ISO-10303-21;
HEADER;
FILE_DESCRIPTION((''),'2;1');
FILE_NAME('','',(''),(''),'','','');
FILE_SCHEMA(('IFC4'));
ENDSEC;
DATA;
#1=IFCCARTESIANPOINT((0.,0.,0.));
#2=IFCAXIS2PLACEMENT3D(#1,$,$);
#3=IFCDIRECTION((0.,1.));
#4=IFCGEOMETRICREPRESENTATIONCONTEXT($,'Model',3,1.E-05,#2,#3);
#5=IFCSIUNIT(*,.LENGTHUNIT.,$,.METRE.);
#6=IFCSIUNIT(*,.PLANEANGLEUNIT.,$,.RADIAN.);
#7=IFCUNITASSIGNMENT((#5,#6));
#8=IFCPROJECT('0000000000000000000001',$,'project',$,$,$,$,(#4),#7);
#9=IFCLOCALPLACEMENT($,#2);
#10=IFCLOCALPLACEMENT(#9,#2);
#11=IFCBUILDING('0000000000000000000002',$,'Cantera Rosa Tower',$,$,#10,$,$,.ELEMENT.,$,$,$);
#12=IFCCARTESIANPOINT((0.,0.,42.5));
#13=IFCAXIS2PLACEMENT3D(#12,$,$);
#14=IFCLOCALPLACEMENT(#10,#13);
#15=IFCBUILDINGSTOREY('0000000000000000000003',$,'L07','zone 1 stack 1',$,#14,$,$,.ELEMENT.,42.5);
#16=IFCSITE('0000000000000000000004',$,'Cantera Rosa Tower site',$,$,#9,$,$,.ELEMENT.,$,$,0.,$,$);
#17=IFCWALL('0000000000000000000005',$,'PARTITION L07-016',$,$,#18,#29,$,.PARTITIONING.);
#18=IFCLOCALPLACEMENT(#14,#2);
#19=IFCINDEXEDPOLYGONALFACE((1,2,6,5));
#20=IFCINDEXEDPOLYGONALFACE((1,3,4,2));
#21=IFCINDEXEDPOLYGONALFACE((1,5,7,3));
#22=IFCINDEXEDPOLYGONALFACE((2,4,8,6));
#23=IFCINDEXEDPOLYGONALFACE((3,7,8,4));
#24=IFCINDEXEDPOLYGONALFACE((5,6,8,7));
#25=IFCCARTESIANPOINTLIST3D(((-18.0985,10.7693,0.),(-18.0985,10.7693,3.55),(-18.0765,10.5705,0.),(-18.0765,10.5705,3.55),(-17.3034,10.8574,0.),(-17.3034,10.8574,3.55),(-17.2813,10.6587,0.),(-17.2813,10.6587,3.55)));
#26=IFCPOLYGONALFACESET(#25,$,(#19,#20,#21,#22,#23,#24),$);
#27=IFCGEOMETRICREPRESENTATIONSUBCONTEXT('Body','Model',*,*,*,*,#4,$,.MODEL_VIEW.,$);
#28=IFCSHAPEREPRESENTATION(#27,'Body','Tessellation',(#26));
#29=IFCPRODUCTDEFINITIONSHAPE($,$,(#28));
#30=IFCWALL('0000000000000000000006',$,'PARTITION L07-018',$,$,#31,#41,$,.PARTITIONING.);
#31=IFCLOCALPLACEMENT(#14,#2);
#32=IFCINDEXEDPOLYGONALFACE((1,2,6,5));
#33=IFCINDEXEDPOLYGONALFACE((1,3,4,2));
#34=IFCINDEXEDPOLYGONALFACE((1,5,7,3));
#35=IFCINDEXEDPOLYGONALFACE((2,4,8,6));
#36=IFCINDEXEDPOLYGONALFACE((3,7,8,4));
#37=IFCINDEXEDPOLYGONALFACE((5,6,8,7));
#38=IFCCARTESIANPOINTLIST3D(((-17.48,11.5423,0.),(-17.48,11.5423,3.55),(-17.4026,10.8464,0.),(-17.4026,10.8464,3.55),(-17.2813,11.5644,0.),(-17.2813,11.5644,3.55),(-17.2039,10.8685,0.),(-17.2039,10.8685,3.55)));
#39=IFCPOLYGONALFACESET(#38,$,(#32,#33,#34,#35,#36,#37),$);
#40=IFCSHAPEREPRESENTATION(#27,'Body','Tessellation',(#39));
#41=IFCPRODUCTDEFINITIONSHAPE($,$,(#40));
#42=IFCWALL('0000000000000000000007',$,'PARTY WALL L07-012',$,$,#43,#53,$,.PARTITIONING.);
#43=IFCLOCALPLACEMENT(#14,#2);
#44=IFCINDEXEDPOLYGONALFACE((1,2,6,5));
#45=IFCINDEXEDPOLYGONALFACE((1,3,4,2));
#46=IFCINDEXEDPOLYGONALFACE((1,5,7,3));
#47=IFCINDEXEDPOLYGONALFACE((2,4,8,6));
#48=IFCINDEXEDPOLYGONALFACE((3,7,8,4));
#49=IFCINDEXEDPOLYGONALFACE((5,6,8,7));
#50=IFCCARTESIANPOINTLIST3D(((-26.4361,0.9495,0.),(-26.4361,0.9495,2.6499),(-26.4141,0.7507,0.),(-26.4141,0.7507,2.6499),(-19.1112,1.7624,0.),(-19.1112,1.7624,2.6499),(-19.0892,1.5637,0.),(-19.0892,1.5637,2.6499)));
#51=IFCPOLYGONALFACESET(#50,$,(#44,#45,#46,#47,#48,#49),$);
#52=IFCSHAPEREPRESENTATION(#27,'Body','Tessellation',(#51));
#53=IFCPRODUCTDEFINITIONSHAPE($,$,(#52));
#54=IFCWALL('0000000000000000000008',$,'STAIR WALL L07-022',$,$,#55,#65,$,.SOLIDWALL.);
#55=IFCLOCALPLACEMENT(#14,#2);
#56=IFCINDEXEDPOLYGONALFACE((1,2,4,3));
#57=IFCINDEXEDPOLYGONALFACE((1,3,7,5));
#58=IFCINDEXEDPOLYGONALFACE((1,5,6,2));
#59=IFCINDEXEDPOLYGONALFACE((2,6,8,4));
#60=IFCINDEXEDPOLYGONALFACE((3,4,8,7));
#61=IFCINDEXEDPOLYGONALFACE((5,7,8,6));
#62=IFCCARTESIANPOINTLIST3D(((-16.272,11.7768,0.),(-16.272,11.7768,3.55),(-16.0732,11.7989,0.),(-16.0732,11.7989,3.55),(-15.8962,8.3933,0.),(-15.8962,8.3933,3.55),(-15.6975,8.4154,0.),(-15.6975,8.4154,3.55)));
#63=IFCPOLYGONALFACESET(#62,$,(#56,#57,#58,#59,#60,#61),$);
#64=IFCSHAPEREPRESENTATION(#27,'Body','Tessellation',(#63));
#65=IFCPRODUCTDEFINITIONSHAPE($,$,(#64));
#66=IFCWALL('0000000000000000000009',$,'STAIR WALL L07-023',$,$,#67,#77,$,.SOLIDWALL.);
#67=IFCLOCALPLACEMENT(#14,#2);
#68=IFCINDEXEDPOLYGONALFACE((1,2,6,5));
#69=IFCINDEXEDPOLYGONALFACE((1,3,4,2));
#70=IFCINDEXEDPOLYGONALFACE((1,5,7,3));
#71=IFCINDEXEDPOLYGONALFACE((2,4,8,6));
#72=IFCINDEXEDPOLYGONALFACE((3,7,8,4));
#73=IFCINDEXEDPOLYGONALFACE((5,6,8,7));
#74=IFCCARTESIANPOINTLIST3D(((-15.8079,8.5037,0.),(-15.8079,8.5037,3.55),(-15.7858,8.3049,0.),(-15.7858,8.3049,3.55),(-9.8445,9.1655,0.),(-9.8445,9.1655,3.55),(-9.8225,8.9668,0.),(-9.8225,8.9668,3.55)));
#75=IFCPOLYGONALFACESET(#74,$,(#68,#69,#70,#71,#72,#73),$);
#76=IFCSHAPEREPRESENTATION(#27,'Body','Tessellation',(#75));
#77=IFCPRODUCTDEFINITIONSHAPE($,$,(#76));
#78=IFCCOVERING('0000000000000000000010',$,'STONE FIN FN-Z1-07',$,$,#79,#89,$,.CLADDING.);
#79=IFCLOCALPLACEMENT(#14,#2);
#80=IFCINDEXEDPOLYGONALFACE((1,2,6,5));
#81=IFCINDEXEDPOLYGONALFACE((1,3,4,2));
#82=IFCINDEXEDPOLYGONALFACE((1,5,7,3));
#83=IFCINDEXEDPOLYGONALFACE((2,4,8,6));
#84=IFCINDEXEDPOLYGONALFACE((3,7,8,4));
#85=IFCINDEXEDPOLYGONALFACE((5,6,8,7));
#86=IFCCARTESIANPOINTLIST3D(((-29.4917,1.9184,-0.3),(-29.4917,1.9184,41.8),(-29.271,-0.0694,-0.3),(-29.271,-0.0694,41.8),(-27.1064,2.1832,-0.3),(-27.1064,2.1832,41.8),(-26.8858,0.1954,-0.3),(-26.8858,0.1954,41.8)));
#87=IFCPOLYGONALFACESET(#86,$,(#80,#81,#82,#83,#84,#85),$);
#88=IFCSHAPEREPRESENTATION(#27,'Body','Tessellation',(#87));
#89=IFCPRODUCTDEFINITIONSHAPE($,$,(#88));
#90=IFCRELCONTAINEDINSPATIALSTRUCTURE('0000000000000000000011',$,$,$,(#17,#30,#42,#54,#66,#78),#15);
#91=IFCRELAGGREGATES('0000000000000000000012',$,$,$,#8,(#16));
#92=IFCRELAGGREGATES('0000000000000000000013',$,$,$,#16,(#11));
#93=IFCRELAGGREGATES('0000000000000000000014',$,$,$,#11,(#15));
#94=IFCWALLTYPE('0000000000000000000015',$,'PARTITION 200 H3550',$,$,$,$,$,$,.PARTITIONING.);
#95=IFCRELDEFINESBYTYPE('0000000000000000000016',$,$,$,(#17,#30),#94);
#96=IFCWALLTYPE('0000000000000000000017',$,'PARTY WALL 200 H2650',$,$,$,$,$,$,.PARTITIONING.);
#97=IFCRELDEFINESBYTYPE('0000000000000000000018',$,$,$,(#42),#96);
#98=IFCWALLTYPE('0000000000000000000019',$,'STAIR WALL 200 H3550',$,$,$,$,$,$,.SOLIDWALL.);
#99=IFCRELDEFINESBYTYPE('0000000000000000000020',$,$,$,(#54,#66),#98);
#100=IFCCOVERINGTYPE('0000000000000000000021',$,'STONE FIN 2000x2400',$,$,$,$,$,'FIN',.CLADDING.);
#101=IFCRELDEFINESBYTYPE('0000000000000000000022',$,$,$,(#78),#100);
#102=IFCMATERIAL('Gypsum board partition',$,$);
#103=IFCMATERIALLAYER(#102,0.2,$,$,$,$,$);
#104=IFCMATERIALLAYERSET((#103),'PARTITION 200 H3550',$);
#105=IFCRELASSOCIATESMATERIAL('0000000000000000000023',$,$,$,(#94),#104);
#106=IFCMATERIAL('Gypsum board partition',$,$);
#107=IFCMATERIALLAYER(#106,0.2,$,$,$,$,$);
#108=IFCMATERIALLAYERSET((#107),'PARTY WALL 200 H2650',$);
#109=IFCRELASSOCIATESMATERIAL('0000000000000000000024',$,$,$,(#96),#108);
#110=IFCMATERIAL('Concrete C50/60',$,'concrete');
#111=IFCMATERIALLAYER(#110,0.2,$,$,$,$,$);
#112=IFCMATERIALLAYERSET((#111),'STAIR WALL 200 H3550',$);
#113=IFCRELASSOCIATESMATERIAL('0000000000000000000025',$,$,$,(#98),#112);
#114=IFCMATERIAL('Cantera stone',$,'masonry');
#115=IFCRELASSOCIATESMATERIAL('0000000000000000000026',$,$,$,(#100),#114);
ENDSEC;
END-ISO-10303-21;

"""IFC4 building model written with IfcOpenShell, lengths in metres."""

from ifc_helpers import new_model, si_unit, direction, frame, frame_2d, origin, origin_2d, place, context, subcontext, project, spatial, rectangle, extrude, material, layer, layer_set, type_object, element, save


model = new_model("IFC4")

# Units and contexts
model_context = context("Model", 3, precision=1e-05, world=origin(), true_north=direction((0.0, 1.0)))
body_context = subcontext(model_context, "Body", "Model", "MODEL_VIEW")
ifc_project = project(units=[si_unit("LENGTHUNIT", "METRE"), si_unit("PLANEANGLEUNIT", "RADIAN")], contexts=[model_context])

# Site, building, storey
site_placement = place(None, origin())
site = spatial("IfcSite", under=ifc_project, at=site_placement, Name="Cantera Rosa Tower site", CompositionType="ELEMENT", RefElevation=0.0)
building_placement = place(site_placement, origin())
building = spatial("IfcBuilding", under=site, at=building_placement, Name="Cantera Rosa Tower", CompositionType="ELEMENT")
storey_placement = place(building_placement, frame((0.0, 0.0, 42.5)))
storey = spatial("IfcBuildingStorey", under=building, at=storey_placement, Name="L07", Description="zone 1 stack 1", CompositionType="ELEMENT", Elevation=42.5)

# Shared definitions
ifc_material_1 = material(Name="Gypsum board partition")
ifc_layer_1 = layer(ifc_material_1, 0.2)
ifc_layer_set_1 = layer_set([ifc_layer_1], Name="PARTITION 200 H3550")
wall_type_1 = type_object("IfcWallType", Name="PARTITION 200 H3550", PredefinedType="PARTITIONING", material=ifc_layer_set_1)

# Walls
wall_1_placement = place(storey_placement, frame((-18.0874, 10.6699, 0.0), z_axis=(0.0, 0.0, 1.0), x_axis=(0.993913, 0.110164, 0.0)))
element("IfcWall", 1, at=wall_1_placement, inside=storey, type_object=wall_type_1, Name="PARTITION L07-016", PredefinedType="PARTITIONING", context=body_context, shape_type="SweptSolid", body=[
    extrude(rectangle(XDim=0.8, YDim=0.2, at=frame_2d((0.3999, 0.0))), origin(), (0.0, 0.0, 1.0), 3.55),
])
wall_2_placement = place(storey_placement, frame((-17.3032, 10.8574, 0.0), z_axis=(0.0, 0.0, 1.0), x_axis=(-0.110546, 0.993871, 0.0)))
element("IfcWall", 2, at=wall_2_placement, inside=storey, type_object=wall_type_1, Name="PARTITION L07-018", PredefinedType="PARTITIONING", context=body_context, shape_type="SweptSolid", body=[
    extrude(rectangle(XDim=0.7002, YDim=0.2, at=frame_2d((0.3501, 0.0))), origin(), (0.0, 0.0, 1.0), 3.55),
])
ifc_material_2 = material(Name="Gypsum board partition")
ifc_layer_2 = layer(ifc_material_2, 0.2)
ifc_layer_set_2 = layer_set([ifc_layer_2], Name="PARTY WALL 200 H2650")
wall_type_2 = type_object("IfcWallType", Name="PARTY WALL 200 H2650", PredefinedType="PARTITIONING", material=ifc_layer_set_2)
wall_3_placement = place(storey_placement, frame((-19.1001, 1.6631, 0.0), z_axis=(0.0, 0.0, 1.0), x_axis=(-0.993897, -0.110312, 0.0)))
element("IfcWall", 3, at=wall_3_placement, inside=storey, type_object=wall_type_2, Name="PARTY WALL L07-012", PredefinedType="PARTITIONING", context=body_context, shape_type="SweptSolid", body=[
    extrude(rectangle(XDim=7.3699, YDim=0.2, at=frame_2d((3.6851, 0.0))), origin(), (0.0, 0.0, 1.0), 2.6499),
])
ifc_material_3 = material(Name="Concrete C50/60", Category="concrete")
ifc_layer_3 = layer(ifc_material_3, 0.2)
ifc_layer_set_3 = layer_set([ifc_layer_3], Name="STAIR WALL 200 H3550")
wall_type_3 = type_object("IfcWallType", Name="STAIR WALL 200 H3550", PredefinedType="SOLIDWALL", material=ifc_layer_set_3)
wall_4_placement = place(storey_placement, frame((-16.1726, 11.7878, 0.0), z_axis=(0.0, 0.0, 1.0), x_axis=(0.110369, -0.993891, 0.0)))
element("IfcWall", 4, at=wall_4_placement, inside=storey, type_object=wall_type_3, Name="STAIR WALL L07-022", PredefinedType="SOLIDWALL", context=body_context, shape_type="SweptSolid", body=[
    extrude(rectangle(XDim=3.4043, YDim=0.2, at=frame_2d((1.7021, 0.0))), origin(), (0.0, 0.0, 1.0), 3.55),
])
wall_5_placement = place(storey_placement, frame((-15.7969, 8.4043, 0.0), z_axis=(0.0, 0.0, 1.0), x_axis=(0.993897, 0.110311, 0.0)))
element("IfcWall", 5, at=wall_5_placement, inside=storey, type_object=wall_type_3, Name="STAIR WALL L07-023", PredefinedType="SOLIDWALL", context=body_context, shape_type="SweptSolid", body=[
    extrude(rectangle(XDim=6.0, YDim=0.2, at=frame_2d((3.0, 0.0))), origin(), (0.0, 0.0, 1.0), 3.55),
])

# Covering
ifc_material_4 = material(Name="Cantera stone", Category="masonry")
covering_type = type_object("IfcCoveringType", Name="STONE FIN 2000x2400", ElementType="FIN", PredefinedType="CLADDING", material=ifc_material_4)
covering_placement = place(storey_placement, frame((-28.1887, 1.0569, -0.3), z_axis=(0.0, 0.0, 1.0), x_axis=(0.110313, -0.993897, 0.0)))
element("IfcCovering", 6, at=covering_placement, inside=storey, type_object=covering_type, Name="STONE FIN FN-Z1-07", PredefinedType="CLADDING", context=body_context, shape_type="SweptSolid", body=[
    extrude(rectangle(XDim=2.0, YDim=2.3999, at=origin_2d()), origin(), (0.0, 0.0, 1.0), 42.1001),
])

save(model, "model.ifc")
